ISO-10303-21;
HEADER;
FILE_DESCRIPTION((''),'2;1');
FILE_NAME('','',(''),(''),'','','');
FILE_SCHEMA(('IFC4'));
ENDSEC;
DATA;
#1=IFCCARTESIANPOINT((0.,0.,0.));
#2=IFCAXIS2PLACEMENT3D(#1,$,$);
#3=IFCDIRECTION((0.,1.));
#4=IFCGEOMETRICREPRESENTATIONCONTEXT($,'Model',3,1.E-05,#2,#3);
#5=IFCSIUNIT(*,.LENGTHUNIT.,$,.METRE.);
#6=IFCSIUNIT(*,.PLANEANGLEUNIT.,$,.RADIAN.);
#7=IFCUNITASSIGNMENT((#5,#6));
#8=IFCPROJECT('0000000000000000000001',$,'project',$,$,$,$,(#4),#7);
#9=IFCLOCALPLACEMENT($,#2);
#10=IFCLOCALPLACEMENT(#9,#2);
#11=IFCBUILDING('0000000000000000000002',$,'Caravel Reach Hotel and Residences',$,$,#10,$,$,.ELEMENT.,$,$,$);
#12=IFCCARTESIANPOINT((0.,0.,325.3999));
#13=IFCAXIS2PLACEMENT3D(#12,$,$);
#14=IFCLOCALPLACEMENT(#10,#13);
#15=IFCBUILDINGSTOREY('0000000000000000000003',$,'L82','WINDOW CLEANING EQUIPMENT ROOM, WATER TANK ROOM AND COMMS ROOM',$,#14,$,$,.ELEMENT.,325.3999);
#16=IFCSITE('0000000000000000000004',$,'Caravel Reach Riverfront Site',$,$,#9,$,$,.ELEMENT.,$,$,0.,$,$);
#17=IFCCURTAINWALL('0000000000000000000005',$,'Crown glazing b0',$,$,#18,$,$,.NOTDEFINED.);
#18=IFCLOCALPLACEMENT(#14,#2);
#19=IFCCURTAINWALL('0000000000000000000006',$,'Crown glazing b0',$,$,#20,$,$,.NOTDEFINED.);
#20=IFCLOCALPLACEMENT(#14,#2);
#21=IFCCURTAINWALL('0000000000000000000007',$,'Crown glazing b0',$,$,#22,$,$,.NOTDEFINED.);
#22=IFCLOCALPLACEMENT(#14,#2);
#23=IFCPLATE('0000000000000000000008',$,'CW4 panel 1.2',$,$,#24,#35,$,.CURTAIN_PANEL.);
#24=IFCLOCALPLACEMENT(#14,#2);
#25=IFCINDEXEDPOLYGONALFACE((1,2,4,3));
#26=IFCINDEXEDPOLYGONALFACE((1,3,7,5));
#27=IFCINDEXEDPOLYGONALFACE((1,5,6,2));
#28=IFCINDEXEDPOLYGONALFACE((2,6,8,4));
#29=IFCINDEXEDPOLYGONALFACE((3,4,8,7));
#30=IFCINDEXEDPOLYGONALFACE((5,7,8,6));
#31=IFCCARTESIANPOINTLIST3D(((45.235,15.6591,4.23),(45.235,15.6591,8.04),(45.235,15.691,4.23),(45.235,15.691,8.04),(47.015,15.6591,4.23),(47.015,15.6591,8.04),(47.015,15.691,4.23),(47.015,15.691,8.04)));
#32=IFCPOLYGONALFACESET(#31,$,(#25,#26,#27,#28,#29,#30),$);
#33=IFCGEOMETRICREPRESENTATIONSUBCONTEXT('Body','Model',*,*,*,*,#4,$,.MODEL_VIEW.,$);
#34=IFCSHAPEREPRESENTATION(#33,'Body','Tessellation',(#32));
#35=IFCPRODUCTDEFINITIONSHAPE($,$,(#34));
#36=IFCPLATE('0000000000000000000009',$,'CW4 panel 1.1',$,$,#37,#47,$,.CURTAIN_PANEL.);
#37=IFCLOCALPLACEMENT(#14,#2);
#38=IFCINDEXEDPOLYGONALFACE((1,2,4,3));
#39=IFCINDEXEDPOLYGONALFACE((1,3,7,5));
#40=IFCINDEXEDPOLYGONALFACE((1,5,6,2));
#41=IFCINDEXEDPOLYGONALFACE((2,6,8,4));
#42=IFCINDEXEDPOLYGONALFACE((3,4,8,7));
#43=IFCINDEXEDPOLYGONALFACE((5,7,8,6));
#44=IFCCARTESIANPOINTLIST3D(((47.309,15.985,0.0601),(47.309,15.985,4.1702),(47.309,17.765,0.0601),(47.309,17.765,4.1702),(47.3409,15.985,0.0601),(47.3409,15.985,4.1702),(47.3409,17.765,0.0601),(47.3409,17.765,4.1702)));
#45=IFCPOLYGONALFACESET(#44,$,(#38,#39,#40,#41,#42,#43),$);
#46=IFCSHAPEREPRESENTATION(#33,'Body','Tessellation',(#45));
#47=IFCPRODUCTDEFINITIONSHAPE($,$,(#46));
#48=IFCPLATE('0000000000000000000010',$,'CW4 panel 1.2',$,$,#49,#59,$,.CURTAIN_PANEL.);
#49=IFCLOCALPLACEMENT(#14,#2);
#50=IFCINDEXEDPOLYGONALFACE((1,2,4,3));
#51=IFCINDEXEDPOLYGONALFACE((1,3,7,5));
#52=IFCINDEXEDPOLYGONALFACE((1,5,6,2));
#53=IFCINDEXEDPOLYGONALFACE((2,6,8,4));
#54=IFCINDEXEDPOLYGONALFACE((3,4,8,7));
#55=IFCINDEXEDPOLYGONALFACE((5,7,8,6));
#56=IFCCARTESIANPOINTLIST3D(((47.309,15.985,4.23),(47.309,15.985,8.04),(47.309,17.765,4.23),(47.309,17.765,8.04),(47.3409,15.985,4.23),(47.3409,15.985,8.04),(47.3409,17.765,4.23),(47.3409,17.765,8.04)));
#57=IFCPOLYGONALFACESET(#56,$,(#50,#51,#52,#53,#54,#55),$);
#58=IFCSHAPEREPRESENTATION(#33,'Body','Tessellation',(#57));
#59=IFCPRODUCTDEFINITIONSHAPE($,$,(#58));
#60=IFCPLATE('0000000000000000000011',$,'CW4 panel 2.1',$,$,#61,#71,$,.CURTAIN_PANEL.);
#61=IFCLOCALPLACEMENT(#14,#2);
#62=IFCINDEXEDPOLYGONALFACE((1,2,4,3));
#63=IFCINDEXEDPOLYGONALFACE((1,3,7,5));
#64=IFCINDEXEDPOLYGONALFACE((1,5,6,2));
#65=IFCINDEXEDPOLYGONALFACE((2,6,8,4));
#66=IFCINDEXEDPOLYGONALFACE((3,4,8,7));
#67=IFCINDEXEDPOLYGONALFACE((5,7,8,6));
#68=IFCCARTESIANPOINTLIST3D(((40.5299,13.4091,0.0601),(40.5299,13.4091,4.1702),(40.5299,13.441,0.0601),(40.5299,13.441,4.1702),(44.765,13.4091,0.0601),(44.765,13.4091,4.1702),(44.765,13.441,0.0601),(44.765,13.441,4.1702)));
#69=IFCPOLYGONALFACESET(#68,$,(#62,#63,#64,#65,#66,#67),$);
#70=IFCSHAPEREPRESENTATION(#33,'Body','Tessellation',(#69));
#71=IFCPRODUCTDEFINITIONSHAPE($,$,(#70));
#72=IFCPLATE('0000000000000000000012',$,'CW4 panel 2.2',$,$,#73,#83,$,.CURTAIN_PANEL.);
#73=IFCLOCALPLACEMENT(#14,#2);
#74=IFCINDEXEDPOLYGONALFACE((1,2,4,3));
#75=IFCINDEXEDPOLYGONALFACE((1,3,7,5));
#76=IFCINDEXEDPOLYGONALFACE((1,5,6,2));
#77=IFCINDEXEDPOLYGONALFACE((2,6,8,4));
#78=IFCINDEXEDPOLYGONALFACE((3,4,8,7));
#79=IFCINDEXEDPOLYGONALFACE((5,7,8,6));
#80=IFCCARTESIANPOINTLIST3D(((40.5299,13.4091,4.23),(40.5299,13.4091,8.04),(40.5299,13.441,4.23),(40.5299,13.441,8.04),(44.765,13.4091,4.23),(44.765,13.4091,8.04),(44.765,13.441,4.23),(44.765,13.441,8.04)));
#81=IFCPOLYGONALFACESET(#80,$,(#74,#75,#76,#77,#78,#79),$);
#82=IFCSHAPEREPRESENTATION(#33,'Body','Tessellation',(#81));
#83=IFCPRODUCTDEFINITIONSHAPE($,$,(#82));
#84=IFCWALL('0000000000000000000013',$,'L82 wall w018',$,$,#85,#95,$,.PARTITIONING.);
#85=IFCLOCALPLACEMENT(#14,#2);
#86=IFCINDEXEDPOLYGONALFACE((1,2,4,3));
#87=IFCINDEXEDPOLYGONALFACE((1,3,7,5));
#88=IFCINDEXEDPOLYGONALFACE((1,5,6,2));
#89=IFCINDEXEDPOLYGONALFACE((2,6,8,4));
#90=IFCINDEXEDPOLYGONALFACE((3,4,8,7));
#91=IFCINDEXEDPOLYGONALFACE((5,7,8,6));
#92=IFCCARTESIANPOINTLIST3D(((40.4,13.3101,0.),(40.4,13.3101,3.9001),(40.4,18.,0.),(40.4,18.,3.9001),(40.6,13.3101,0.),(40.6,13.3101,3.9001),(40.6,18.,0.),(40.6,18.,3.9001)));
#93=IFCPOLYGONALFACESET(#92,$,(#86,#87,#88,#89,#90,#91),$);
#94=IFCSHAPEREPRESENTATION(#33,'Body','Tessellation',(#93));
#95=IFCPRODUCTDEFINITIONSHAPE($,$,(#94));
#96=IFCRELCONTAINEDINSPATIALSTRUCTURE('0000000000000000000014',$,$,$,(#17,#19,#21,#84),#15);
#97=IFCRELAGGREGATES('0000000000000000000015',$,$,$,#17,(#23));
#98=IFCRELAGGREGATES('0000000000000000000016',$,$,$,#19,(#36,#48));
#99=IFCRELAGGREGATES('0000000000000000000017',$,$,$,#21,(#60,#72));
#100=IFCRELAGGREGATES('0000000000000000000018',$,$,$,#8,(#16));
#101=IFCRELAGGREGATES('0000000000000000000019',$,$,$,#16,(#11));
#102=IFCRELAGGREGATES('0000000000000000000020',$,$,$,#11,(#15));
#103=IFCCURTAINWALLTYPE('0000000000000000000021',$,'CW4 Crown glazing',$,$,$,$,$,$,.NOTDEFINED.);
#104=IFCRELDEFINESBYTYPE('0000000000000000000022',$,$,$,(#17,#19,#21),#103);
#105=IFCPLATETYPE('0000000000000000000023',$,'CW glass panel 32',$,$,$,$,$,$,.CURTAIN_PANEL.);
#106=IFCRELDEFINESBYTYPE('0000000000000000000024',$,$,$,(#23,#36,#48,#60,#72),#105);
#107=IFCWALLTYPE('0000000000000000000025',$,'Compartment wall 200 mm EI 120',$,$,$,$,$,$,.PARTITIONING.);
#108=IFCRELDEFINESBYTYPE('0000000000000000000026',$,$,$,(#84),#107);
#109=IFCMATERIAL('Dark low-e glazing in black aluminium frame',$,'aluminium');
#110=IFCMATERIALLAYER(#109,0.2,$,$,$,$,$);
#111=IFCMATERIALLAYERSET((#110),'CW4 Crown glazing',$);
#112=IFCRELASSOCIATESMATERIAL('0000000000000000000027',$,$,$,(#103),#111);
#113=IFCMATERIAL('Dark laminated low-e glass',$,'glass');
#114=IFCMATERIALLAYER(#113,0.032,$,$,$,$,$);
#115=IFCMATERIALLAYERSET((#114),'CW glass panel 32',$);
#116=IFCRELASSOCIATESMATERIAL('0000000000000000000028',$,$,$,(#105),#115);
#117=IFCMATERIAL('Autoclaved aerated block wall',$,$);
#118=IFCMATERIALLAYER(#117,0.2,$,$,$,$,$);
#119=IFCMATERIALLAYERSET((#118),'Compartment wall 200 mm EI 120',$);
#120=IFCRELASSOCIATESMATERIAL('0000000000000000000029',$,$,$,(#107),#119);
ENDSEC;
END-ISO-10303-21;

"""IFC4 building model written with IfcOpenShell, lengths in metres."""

from ifc_helpers import new_model, si_unit, direction, frame, frame_2d, origin, origin_2d, place, context, subcontext, project, spatial, rectangle, extrude, material, layer, layer_set, type_object, element, aggregate, save


model = new_model("IFC4")

# Units and contexts
model_context = context("Model", 3, precision=1e-05, world=origin(), true_north=direction((0.0, 1.0)))
body_context = subcontext(model_context, "Body", "Model", "MODEL_VIEW")
ifc_project = project(units=[si_unit("LENGTHUNIT", "METRE"), si_unit("PLANEANGLEUNIT", "RADIAN")], contexts=[model_context])

# Site, building, storey
site_placement = place(None, origin())
site = spatial("IfcSite", under=ifc_project, at=site_placement, Name="Caravel Reach Riverfront Site", CompositionType="ELEMENT", RefElevation=0.0)
building_placement = place(site_placement, origin())
building = spatial("IfcBuilding", under=site, at=building_placement, Name="Caravel Reach Hotel and Residences", CompositionType="ELEMENT")
storey_placement = place(building_placement, frame((0.0, 0.0, 325.3999)))
storey = spatial("IfcBuildingStorey", under=building, at=storey_placement, Name="L82", Description="WINDOW CLEANING EQUIPMENT ROOM, WATER TANK ROOM AND COMMS ROOM", CompositionType="ELEMENT", Elevation=325.3999)

# Curtain walls
ifc_material_1 = material(Name="Dark low-e glazing in black aluminium frame", Category="aluminium")
ifc_layer_1 = layer(ifc_material_1, 0.2)
ifc_layer_set_1 = layer_set([ifc_layer_1], Name="CW4 Crown glazing")
curtain_wall_type = type_object("IfcCurtainWallType", Name="CW4 Crown glazing", PredefinedType="NOTDEFINED", material=ifc_layer_set_1)
curtain_wall_1_placement = place(storey_placement, origin())
curtain_wall_1 = element("IfcCurtainWall", 1, at=curtain_wall_1_placement, inside=storey, type_object=curtain_wall_type, Name="Crown glazing b0", PredefinedType="NOTDEFINED")
curtain_wall_2_placement = place(storey_placement, origin())
curtain_wall_2 = element("IfcCurtainWall", 2, at=curtain_wall_2_placement, inside=storey, type_object=curtain_wall_type, Name="Crown glazing b0", PredefinedType="NOTDEFINED")

# Curtain wall
curtain_wall_3_placement = place(storey_placement, origin())
curtain_wall_3 = element("IfcCurtainWall", 3, at=curtain_wall_3_placement, inside=storey, type_object=curtain_wall_type, Name="Crown glazing b0", PredefinedType="NOTDEFINED")

# Plates
ifc_material_2 = material(Name="Dark laminated low-e glass", Category="glass")
ifc_layer_2 = layer(ifc_material_2, 0.032)
ifc_layer_set_2 = layer_set([ifc_layer_2], Name="CW glass panel 32")
plate_type = type_object("IfcPlateType", Name="CW glass panel 32", PredefinedType="CURTAIN_PANEL", material=ifc_layer_set_2)
plate_1_placement = place(storey_placement, frame((46.125, 15.675, 4.23), z_axis=(0.0, 0.0, 1.0), x_axis=(1.0, 0.0, 0.0)))
plate_1 = element("IfcPlate", 4, at=plate_1_placement, type_object=plate_type, Name="CW4 panel 1.2", PredefinedType="CURTAIN_PANEL", context=body_context, shape_type="SweptSolid", body=[
    extrude(rectangle(XDim=1.78, YDim=0.032, at=origin_2d()), origin(), (0.0, 0.0, 1.0), 3.8101),
])
aggregate(curtain_wall_1, [plate_1])
plate_2_placement = place(storey_placement, frame((47.325, 16.875, 0.0601), z_axis=(0.0, 0.0, 1.0), x_axis=(0.0, 1.0, 0.0)))
plate_2 = element("IfcPlate", 5, at=plate_2_placement, type_object=plate_type, Name="CW4 panel 1.1", PredefinedType="CURTAIN_PANEL", context=body_context, shape_type="SweptSolid", body=[
    extrude(rectangle(XDim=1.78, YDim=0.032, at=origin_2d()), origin(), (0.0, 0.0, 1.0), 4.1101),
])
plate_3_placement = place(storey_placement, frame((47.325, 16.875, 4.23), z_axis=(0.0, 0.0, 1.0), x_axis=(0.0, 1.0, 0.0)))
plate_3 = element("IfcPlate", 6, at=plate_3_placement, type_object=plate_type, Name="CW4 panel 1.2", PredefinedType="CURTAIN_PANEL", context=body_context, shape_type="SweptSolid", body=[
    extrude(rectangle(XDim=1.78, YDim=0.032, at=origin_2d()), origin(), (0.0, 0.0, 1.0), 3.8101),
])
aggregate(curtain_wall_2, [plate_2, plate_3])
plate_4_placement = place(storey_placement, frame((42.6475, 13.425, 0.0601), z_axis=(0.0, 0.0, 1.0), x_axis=(1.0, 0.0, 0.0)))
plate_4 = element("IfcPlate", 7, at=plate_4_placement, type_object=plate_type, Name="CW4 panel 2.1", PredefinedType="CURTAIN_PANEL", context=body_context, shape_type="SweptSolid", body=[
    extrude(rectangle(XDim=4.2351, YDim=0.032, at=origin_2d()), origin(), (0.0, 0.0, 1.0), 4.1101),
])
plate_5_placement = place(storey_placement, frame((42.6475, 13.425, 4.23), z_axis=(0.0, 0.0, 1.0), x_axis=(1.0, 0.0, 0.0)))
plate_5 = element("IfcPlate", 8, at=plate_5_placement, type_object=plate_type, Name="CW4 panel 2.2", PredefinedType="CURTAIN_PANEL", context=body_context, shape_type="SweptSolid", body=[
    extrude(rectangle(XDim=4.2351, YDim=0.032, at=origin_2d()), origin(), (0.0, 0.0, 1.0), 3.8101),
])
aggregate(curtain_wall_3, [plate_4, plate_5])

# Wall
ifc_material_3 = material(Name="Autoclaved aerated block wall")
ifc_layer_3 = layer(ifc_material_3, 0.2)
ifc_layer_set_3 = layer_set([ifc_layer_3], Name="Compartment wall 200 mm EI 120")
wall_type = type_object("IfcWallType", Name="Compartment wall 200 mm EI 120", PredefinedType="PARTITIONING", material=ifc_layer_set_3)
wall_placement = place(storey_placement, frame((40.5, 13.3101, 0.0), z_axis=(0.0, 0.0, 1.0), x_axis=(0.0, 1.0, 0.0)))
element("IfcWall", 9, at=wall_placement, inside=storey, type_object=wall_type, Name="L82 wall w018", PredefinedType="PARTITIONING", context=body_context, shape_type="SweptSolid", body=[
    extrude(rectangle(XDim=4.6899, YDim=0.2, at=frame_2d((2.345, 0.0))), origin(), (0.0, 0.0, 1.0), 3.9001),
])

save(model, "model.ifc")
